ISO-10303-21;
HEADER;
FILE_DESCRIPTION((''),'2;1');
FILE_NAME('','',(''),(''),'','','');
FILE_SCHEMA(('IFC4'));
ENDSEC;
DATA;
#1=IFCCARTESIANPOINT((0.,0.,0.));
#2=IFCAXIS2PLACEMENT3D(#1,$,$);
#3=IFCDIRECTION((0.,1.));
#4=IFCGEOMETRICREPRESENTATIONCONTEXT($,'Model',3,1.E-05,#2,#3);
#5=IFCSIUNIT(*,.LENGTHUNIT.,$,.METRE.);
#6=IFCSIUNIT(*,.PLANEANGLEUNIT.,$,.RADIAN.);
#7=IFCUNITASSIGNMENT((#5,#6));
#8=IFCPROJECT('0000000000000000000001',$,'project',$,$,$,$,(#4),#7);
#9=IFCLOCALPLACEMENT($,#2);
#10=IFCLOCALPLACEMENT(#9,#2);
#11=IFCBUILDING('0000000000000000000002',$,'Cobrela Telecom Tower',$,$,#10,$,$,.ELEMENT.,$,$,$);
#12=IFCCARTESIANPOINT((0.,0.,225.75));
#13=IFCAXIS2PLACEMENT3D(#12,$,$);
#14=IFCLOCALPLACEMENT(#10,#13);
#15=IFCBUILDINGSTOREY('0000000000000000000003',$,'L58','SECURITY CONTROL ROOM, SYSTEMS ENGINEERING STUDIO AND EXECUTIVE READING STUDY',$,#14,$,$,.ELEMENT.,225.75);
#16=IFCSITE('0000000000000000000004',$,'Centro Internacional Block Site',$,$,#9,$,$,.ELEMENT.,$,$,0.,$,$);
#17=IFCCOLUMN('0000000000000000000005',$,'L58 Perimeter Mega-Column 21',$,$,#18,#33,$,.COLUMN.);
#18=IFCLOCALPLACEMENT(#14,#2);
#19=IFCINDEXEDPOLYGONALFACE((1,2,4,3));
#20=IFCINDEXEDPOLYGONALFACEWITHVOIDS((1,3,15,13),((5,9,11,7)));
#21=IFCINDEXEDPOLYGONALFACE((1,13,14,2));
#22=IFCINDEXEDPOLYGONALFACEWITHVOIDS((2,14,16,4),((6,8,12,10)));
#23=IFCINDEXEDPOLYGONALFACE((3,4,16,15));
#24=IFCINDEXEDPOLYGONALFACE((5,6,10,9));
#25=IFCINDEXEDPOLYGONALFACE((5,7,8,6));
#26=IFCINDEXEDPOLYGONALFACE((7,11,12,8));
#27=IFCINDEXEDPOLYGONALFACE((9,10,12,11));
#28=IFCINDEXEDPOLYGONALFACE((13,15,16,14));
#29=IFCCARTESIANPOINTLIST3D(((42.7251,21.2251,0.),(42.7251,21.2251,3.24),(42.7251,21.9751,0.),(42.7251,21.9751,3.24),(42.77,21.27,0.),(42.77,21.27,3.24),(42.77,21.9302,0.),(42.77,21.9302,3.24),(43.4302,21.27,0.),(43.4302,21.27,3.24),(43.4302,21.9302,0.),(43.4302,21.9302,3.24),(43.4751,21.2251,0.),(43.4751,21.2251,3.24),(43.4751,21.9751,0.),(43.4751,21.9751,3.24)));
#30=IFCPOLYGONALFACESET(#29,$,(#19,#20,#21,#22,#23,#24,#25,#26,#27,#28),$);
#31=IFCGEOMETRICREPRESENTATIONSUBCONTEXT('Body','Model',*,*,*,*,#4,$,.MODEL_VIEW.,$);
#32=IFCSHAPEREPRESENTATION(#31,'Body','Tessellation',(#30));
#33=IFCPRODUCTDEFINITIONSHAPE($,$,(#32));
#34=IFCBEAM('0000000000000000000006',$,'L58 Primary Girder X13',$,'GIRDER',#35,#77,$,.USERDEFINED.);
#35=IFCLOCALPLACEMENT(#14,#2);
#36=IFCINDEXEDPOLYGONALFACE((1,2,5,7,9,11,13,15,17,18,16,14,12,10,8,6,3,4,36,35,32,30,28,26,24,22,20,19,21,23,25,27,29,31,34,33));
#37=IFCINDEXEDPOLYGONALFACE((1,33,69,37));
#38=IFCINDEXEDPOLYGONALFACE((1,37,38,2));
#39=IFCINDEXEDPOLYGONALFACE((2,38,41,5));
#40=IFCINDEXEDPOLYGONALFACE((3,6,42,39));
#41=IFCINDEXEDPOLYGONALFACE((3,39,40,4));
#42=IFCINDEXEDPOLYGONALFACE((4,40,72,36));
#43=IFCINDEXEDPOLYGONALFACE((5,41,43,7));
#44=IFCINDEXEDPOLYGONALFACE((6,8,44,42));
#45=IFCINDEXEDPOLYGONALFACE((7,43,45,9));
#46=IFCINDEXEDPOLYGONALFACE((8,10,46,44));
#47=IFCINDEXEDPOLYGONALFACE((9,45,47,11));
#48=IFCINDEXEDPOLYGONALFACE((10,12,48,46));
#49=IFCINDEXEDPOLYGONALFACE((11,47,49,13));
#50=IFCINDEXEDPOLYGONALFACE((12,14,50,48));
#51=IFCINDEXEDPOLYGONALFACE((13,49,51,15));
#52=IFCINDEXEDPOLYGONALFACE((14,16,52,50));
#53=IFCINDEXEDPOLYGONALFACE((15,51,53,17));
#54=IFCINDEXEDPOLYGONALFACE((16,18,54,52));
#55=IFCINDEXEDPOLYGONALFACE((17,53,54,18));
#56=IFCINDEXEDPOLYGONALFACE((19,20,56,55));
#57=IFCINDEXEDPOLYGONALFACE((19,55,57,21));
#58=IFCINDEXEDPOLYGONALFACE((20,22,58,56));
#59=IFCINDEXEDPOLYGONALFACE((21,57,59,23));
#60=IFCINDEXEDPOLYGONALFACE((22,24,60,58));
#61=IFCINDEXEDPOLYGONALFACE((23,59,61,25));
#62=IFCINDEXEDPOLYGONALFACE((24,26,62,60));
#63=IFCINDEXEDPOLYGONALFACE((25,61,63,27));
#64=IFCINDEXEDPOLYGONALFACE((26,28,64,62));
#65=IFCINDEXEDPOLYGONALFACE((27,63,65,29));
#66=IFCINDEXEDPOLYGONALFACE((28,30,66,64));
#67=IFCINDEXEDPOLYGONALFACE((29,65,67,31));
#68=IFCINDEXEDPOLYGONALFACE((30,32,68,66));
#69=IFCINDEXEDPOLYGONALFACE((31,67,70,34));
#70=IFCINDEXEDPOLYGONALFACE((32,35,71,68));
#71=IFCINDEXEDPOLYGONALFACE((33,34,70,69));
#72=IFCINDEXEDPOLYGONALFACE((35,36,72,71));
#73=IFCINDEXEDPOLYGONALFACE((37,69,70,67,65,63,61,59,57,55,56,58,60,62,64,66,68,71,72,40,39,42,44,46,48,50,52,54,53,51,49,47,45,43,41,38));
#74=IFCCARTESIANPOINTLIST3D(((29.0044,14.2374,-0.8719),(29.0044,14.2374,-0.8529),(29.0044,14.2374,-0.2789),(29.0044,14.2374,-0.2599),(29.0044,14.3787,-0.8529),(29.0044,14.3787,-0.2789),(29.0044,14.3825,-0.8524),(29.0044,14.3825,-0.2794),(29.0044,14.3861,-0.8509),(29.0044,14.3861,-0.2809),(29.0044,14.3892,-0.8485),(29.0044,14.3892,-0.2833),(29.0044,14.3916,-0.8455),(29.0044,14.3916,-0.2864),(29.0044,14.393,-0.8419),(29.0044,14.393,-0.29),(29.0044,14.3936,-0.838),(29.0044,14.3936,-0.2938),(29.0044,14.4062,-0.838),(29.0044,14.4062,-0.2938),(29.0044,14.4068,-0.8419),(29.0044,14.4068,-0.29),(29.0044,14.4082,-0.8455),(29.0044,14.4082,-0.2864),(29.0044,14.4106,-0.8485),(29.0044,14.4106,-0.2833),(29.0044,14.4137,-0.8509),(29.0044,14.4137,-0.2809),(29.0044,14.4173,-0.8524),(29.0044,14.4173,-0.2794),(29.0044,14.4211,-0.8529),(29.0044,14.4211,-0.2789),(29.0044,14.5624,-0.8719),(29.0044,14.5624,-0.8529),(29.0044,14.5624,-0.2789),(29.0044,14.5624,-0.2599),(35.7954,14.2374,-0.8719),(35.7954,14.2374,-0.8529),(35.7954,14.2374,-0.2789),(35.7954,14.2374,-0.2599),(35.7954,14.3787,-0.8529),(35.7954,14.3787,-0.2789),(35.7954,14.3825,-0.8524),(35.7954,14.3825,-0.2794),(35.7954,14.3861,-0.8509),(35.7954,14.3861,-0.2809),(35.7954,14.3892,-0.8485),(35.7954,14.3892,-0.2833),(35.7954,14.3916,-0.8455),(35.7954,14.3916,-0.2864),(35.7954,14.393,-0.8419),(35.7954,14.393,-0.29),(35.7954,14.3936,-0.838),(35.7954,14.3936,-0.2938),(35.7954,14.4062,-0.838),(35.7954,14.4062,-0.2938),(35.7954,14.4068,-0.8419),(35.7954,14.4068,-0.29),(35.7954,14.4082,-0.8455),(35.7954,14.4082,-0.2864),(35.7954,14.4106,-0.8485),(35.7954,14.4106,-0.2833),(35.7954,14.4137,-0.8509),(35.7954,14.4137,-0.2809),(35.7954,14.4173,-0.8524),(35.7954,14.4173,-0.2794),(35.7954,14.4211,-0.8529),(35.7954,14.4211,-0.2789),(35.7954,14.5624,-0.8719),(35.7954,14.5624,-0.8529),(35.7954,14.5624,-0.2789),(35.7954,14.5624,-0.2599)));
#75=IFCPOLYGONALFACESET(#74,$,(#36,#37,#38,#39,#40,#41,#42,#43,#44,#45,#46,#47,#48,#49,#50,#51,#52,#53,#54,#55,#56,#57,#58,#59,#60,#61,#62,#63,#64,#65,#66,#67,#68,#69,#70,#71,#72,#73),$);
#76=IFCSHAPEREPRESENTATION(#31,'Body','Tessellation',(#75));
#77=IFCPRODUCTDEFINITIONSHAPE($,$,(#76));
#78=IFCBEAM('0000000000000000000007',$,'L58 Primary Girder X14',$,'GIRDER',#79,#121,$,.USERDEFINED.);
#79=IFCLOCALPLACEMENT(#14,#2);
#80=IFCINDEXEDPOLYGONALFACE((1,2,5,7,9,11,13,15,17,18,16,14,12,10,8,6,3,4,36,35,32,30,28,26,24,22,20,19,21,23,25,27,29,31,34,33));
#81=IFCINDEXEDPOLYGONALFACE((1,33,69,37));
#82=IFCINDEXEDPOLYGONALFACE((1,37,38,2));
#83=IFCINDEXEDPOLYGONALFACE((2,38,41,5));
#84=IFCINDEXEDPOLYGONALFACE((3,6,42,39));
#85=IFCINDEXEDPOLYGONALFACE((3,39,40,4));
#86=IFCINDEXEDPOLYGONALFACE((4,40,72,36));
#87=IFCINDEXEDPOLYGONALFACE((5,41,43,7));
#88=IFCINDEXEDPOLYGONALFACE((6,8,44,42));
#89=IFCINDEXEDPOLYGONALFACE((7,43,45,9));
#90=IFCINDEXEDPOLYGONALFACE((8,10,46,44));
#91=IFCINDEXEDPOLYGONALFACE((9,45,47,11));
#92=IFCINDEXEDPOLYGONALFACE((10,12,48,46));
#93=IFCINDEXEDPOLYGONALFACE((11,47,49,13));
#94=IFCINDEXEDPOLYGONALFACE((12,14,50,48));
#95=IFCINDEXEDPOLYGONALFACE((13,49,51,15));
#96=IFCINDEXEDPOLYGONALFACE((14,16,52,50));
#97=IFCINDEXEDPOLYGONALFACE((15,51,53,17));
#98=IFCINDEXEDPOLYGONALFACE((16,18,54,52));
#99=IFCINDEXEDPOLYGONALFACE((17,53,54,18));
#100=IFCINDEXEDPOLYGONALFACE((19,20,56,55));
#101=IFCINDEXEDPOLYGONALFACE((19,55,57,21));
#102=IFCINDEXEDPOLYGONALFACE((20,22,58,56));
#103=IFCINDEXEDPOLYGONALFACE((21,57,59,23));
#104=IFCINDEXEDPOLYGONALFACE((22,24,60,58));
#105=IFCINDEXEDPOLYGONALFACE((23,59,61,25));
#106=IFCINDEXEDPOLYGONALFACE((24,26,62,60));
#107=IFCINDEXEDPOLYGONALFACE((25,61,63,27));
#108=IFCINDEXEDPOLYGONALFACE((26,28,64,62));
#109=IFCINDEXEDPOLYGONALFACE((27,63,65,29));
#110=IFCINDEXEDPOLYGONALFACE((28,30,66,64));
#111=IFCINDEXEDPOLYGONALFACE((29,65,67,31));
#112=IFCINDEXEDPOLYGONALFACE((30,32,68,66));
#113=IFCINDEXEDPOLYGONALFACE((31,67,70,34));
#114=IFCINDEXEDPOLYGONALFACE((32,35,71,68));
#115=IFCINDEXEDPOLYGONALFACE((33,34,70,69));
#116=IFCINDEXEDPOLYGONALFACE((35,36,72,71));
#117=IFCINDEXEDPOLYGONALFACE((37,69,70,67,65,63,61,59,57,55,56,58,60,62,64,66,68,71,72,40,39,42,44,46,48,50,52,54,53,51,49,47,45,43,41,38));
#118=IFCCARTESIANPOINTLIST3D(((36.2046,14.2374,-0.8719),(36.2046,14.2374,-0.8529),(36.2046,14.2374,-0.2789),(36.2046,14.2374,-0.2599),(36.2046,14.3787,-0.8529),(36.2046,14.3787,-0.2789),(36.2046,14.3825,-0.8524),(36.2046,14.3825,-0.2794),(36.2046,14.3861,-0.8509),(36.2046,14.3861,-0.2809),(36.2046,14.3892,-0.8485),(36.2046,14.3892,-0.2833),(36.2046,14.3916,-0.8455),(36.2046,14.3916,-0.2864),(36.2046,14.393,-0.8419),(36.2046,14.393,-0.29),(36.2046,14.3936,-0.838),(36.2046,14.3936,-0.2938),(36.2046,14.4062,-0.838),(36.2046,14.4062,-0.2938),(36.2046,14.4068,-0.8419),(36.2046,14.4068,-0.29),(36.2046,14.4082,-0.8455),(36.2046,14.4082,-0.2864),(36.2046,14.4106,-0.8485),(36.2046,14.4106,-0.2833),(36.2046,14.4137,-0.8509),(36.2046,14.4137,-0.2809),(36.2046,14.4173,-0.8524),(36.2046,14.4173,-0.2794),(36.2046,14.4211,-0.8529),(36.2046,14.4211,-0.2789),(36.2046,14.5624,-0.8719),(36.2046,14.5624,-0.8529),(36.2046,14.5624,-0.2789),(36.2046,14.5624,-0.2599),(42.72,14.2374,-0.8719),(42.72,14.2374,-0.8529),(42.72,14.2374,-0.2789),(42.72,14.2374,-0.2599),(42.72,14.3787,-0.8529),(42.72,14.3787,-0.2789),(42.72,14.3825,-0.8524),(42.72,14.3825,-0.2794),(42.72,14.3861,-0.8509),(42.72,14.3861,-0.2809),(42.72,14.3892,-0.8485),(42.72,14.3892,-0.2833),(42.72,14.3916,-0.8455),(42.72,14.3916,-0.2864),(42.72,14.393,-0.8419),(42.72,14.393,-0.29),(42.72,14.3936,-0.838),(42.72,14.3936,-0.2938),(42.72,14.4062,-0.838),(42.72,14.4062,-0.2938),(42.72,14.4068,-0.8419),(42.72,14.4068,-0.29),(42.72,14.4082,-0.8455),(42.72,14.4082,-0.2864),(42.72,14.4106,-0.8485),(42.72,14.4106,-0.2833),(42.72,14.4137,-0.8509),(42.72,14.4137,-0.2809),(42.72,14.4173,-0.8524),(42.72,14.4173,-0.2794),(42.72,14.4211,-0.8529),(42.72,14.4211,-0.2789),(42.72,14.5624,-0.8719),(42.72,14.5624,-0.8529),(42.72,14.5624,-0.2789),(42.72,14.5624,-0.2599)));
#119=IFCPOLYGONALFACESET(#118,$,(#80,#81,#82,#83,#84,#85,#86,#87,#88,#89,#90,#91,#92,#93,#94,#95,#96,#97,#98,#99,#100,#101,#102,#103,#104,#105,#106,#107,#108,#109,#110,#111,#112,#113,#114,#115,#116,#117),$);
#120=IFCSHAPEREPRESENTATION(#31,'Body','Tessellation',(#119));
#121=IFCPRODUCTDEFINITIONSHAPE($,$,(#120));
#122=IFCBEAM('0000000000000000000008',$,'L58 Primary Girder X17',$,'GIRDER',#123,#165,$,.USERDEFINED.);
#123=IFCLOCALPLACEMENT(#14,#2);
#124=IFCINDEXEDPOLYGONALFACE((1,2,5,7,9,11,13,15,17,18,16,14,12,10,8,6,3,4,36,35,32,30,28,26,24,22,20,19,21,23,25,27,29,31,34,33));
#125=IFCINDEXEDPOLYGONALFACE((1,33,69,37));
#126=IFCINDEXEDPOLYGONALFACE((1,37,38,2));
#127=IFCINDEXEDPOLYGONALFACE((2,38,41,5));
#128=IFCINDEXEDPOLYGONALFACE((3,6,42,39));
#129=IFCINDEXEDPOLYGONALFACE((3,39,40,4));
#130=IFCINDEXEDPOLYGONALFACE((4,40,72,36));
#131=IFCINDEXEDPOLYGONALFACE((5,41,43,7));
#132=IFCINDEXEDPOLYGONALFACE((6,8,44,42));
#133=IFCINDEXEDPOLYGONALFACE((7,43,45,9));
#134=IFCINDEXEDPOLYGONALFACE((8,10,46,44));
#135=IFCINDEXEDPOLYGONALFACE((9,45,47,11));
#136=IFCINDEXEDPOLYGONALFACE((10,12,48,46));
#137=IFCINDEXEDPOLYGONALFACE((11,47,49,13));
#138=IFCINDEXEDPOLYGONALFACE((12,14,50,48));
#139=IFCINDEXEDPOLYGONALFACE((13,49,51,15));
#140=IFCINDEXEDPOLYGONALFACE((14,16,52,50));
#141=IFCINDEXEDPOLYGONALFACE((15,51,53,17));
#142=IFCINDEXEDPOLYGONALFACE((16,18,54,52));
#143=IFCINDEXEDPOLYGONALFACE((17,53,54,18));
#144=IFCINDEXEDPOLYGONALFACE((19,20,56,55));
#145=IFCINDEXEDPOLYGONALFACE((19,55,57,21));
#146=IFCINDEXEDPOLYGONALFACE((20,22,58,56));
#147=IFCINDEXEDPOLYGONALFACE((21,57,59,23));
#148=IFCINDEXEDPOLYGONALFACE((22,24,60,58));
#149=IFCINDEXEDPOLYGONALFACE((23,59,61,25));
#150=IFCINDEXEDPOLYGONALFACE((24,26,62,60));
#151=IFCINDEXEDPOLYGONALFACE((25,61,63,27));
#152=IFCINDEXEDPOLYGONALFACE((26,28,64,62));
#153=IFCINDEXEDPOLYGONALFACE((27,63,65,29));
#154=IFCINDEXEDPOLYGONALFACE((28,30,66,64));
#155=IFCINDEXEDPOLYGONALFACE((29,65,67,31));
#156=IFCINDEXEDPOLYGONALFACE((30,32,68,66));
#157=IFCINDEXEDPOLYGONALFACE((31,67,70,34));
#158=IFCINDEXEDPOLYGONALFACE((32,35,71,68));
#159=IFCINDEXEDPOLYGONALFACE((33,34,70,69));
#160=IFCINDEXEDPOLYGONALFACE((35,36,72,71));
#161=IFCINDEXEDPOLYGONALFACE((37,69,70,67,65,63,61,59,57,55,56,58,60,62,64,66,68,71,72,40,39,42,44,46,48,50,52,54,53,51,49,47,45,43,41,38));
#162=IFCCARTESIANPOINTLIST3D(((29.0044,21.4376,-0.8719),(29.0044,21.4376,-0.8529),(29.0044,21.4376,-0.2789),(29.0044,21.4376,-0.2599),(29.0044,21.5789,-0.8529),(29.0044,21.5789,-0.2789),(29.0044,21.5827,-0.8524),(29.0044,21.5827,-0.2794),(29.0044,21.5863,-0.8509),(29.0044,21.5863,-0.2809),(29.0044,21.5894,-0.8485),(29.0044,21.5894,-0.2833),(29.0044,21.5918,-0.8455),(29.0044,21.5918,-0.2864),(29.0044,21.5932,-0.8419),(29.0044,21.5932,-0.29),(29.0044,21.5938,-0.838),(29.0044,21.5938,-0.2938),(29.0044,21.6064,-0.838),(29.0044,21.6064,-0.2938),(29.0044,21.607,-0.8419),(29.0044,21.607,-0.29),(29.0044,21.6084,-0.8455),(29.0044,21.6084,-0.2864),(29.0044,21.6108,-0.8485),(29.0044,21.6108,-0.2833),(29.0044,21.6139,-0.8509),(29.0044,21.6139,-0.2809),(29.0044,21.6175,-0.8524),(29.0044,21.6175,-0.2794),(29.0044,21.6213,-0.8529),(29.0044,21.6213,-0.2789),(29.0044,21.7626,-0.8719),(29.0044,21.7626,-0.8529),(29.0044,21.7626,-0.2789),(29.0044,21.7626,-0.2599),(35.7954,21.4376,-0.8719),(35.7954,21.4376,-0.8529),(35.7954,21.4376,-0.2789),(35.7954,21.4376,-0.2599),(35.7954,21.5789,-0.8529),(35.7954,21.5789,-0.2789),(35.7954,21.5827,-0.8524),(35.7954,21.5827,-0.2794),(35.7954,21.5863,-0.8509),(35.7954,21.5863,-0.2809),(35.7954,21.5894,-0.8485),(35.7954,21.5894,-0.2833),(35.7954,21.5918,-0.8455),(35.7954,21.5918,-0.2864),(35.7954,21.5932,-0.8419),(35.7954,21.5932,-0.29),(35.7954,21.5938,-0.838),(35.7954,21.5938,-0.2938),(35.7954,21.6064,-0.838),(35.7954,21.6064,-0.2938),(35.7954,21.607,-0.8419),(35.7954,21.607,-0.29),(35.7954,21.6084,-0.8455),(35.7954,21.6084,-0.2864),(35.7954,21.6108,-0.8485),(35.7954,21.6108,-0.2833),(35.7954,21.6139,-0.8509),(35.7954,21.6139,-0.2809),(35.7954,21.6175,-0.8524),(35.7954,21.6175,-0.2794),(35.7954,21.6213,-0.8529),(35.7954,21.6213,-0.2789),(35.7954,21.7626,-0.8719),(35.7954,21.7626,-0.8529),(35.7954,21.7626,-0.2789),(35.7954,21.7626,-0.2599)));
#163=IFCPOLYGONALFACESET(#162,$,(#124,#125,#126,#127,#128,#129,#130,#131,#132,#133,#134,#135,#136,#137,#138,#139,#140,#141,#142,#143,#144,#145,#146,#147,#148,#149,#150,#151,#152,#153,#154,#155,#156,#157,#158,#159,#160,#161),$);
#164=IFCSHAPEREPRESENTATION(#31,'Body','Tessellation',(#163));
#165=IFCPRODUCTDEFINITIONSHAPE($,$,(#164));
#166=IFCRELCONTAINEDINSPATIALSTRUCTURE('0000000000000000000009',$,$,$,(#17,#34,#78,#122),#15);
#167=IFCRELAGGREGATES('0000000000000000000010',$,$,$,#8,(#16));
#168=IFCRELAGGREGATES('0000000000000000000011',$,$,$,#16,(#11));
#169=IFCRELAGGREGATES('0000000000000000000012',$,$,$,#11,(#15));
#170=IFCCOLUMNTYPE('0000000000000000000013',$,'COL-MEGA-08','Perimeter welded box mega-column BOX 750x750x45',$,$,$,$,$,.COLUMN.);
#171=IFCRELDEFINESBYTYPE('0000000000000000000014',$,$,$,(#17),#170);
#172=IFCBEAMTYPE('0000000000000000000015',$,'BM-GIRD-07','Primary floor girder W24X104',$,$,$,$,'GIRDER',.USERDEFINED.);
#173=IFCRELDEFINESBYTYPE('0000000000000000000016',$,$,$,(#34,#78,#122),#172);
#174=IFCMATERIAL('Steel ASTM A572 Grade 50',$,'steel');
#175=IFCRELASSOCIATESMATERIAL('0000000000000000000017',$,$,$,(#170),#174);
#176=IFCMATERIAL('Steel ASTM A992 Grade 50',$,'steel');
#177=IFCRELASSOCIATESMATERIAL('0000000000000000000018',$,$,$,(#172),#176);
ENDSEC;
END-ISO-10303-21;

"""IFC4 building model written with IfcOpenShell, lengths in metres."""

from ifc_helpers import new_model, si_unit, direction, frame, origin, origin_2d, place, context, subcontext, project, spatial, hollow_rectangle, i_section, extrude, material, material_profile, profile_set, type_object, element, save


model = new_model("IFC4")

# Units and contexts
model_context = context("Model", 3, precision=1e-05, world=origin(), true_north=direction((0.0, 1.0)))
body_context = subcontext(model_context, "Body", "Model", "MODEL_VIEW")
ifc_project = project(units=[si_unit("LENGTHUNIT", "METRE"), si_unit("PLANEANGLEUNIT", "RADIAN")], contexts=[model_context])

# Site, building, storey
site_placement = place(None, origin())
site = spatial("IfcSite", under=ifc_project, at=site_placement, Name="Centro Internacional Block Site", CompositionType="ELEMENT", RefElevation=0.0)
building_placement = place(site_placement, origin())
building = spatial("IfcBuilding", under=site, at=building_placement, Name="Cobrela Telecom Tower", CompositionType="ELEMENT")
storey_placement = place(building_placement, frame((0.0, 0.0, 225.75)))
storey = spatial("IfcBuildingStorey", under=building, at=storey_placement, Name="L58", Description="SECURITY CONTROL ROOM, SYSTEMS ENGINEERING STUDIO AND EXECUTIVE READING STUDY", CompositionType="ELEMENT", Elevation=225.75)

# Column
ifc_material_1 = material(Name="Steel ASTM A992 Grade 50", Category="steel")
ifc_material_2 = material(Name="Steel ASTM A572 Grade 50", Category="steel")
ifc_material_profile_1 = material_profile(ifc_material_2, hollow_rectangle(XDim=0.75, YDim=0.75, WallThickness=0.0449, at=origin_2d()), Name="BOX 750x750x45")
ifc_profile_set_1 = profile_set([ifc_material_profile_1], Name="Steel ASTM A572 Grade 50")
column_type_1 = type_object("IfcColumnType", Name="COL-MEGA-08", Description="Perimeter welded box mega-column BOX 750x750x45", PredefinedType="COLUMN", material=ifc_profile_set_1)
for number, where, z_axis, x_axis, name in (
    (1, (43.1001, 21.6001, 0.0), (0.0, 0.0, 1.0), (1.0, 0.0, 0.0), "L58 Perimeter Mega-Column 21"),
):
    element("IfcColumn", number, at=place(storey_placement, frame(where, z_axis=z_axis, x_axis=x_axis)), inside=storey, type_object=column_type_1, Name=name, PredefinedType="COLUMN", context=body_context, shape_type="SweptSolid", body=[
        extrude(hollow_rectangle(XDim=0.75, YDim=0.75, WallThickness=0.0449, at=origin_2d()), origin(), (0.0, 0.0, 1.0), 3.24),
    ])

# Beams
ifc_material_profile_2 = material_profile(ifc_material_1, i_section(OverallWidth=0.325, OverallDepth=0.6121, WebThickness=0.0127, FlangeThickness=0.019, FilletRadius=0.0149, at=origin_2d()), Name="W24X104")
ifc_profile_set_2 = profile_set([ifc_material_profile_2], Name="Steel ASTM A992 Grade 50")
beam_type_1 = type_object("IfcBeamType", Name="BM-GIRD-07", Description="Primary floor girder W24X104", ElementType="GIRDER", PredefinedType="USERDEFINED", material=ifc_profile_set_2)
beam_1_placement = place(storey_placement, frame((29.0044, 14.3999, -0.5659), z_axis=(1.0, 0.0, 0.0), x_axis=(0.0, 1.0, 0.0)))
element("IfcBeam", 2, at=beam_1_placement, inside=storey, type_object=beam_type_1, Name="L58 Primary Girder X13", ObjectType="GIRDER", PredefinedType="USERDEFINED", context=body_context, shape_type="SweptSolid", body=[
    extrude(i_section(OverallWidth=0.325, OverallDepth=0.6121, WebThickness=0.0127, FlangeThickness=0.019, FilletRadius=0.0149, at=origin_2d()), origin(), (0.0, 0.0, 1.0), 6.791),
])
beam_2_placement = place(storey_placement, frame((36.2046, 14.3999, -0.5659), z_axis=(1.0, 0.0, 0.0), x_axis=(0.0, 1.0, 0.0)))
element("IfcBeam", 3, at=beam_2_placement, inside=storey, type_object=beam_type_1, Name="L58 Primary Girder X14", ObjectType="GIRDER", PredefinedType="USERDEFINED", context=body_context, shape_type="SweptSolid", body=[
    extrude(i_section(OverallWidth=0.325, OverallDepth=0.6121, WebThickness=0.0127, FlangeThickness=0.019, FilletRadius=0.0149, at=origin_2d()), origin(), (0.0, 0.0, 1.0), 6.5154),
])
beam_3_placement = place(storey_placement, frame((29.0044, 21.6001, -0.5659), z_axis=(1.0, 0.0, 0.0), x_axis=(0.0, 1.0, 0.0)))
element("IfcBeam", 4, at=beam_3_placement, inside=storey, type_object=beam_type_1, Name="L58 Primary Girder X17", ObjectType="GIRDER", PredefinedType="USERDEFINED", context=body_context, shape_type="SweptSolid", body=[
    extrude(i_section(OverallWidth=0.325, OverallDepth=0.6121, WebThickness=0.0127, FlangeThickness=0.019, FilletRadius=0.0149, at=origin_2d()), origin(), (0.0, 0.0, 1.0), 6.791),
])

save(model, "model.ifc")
